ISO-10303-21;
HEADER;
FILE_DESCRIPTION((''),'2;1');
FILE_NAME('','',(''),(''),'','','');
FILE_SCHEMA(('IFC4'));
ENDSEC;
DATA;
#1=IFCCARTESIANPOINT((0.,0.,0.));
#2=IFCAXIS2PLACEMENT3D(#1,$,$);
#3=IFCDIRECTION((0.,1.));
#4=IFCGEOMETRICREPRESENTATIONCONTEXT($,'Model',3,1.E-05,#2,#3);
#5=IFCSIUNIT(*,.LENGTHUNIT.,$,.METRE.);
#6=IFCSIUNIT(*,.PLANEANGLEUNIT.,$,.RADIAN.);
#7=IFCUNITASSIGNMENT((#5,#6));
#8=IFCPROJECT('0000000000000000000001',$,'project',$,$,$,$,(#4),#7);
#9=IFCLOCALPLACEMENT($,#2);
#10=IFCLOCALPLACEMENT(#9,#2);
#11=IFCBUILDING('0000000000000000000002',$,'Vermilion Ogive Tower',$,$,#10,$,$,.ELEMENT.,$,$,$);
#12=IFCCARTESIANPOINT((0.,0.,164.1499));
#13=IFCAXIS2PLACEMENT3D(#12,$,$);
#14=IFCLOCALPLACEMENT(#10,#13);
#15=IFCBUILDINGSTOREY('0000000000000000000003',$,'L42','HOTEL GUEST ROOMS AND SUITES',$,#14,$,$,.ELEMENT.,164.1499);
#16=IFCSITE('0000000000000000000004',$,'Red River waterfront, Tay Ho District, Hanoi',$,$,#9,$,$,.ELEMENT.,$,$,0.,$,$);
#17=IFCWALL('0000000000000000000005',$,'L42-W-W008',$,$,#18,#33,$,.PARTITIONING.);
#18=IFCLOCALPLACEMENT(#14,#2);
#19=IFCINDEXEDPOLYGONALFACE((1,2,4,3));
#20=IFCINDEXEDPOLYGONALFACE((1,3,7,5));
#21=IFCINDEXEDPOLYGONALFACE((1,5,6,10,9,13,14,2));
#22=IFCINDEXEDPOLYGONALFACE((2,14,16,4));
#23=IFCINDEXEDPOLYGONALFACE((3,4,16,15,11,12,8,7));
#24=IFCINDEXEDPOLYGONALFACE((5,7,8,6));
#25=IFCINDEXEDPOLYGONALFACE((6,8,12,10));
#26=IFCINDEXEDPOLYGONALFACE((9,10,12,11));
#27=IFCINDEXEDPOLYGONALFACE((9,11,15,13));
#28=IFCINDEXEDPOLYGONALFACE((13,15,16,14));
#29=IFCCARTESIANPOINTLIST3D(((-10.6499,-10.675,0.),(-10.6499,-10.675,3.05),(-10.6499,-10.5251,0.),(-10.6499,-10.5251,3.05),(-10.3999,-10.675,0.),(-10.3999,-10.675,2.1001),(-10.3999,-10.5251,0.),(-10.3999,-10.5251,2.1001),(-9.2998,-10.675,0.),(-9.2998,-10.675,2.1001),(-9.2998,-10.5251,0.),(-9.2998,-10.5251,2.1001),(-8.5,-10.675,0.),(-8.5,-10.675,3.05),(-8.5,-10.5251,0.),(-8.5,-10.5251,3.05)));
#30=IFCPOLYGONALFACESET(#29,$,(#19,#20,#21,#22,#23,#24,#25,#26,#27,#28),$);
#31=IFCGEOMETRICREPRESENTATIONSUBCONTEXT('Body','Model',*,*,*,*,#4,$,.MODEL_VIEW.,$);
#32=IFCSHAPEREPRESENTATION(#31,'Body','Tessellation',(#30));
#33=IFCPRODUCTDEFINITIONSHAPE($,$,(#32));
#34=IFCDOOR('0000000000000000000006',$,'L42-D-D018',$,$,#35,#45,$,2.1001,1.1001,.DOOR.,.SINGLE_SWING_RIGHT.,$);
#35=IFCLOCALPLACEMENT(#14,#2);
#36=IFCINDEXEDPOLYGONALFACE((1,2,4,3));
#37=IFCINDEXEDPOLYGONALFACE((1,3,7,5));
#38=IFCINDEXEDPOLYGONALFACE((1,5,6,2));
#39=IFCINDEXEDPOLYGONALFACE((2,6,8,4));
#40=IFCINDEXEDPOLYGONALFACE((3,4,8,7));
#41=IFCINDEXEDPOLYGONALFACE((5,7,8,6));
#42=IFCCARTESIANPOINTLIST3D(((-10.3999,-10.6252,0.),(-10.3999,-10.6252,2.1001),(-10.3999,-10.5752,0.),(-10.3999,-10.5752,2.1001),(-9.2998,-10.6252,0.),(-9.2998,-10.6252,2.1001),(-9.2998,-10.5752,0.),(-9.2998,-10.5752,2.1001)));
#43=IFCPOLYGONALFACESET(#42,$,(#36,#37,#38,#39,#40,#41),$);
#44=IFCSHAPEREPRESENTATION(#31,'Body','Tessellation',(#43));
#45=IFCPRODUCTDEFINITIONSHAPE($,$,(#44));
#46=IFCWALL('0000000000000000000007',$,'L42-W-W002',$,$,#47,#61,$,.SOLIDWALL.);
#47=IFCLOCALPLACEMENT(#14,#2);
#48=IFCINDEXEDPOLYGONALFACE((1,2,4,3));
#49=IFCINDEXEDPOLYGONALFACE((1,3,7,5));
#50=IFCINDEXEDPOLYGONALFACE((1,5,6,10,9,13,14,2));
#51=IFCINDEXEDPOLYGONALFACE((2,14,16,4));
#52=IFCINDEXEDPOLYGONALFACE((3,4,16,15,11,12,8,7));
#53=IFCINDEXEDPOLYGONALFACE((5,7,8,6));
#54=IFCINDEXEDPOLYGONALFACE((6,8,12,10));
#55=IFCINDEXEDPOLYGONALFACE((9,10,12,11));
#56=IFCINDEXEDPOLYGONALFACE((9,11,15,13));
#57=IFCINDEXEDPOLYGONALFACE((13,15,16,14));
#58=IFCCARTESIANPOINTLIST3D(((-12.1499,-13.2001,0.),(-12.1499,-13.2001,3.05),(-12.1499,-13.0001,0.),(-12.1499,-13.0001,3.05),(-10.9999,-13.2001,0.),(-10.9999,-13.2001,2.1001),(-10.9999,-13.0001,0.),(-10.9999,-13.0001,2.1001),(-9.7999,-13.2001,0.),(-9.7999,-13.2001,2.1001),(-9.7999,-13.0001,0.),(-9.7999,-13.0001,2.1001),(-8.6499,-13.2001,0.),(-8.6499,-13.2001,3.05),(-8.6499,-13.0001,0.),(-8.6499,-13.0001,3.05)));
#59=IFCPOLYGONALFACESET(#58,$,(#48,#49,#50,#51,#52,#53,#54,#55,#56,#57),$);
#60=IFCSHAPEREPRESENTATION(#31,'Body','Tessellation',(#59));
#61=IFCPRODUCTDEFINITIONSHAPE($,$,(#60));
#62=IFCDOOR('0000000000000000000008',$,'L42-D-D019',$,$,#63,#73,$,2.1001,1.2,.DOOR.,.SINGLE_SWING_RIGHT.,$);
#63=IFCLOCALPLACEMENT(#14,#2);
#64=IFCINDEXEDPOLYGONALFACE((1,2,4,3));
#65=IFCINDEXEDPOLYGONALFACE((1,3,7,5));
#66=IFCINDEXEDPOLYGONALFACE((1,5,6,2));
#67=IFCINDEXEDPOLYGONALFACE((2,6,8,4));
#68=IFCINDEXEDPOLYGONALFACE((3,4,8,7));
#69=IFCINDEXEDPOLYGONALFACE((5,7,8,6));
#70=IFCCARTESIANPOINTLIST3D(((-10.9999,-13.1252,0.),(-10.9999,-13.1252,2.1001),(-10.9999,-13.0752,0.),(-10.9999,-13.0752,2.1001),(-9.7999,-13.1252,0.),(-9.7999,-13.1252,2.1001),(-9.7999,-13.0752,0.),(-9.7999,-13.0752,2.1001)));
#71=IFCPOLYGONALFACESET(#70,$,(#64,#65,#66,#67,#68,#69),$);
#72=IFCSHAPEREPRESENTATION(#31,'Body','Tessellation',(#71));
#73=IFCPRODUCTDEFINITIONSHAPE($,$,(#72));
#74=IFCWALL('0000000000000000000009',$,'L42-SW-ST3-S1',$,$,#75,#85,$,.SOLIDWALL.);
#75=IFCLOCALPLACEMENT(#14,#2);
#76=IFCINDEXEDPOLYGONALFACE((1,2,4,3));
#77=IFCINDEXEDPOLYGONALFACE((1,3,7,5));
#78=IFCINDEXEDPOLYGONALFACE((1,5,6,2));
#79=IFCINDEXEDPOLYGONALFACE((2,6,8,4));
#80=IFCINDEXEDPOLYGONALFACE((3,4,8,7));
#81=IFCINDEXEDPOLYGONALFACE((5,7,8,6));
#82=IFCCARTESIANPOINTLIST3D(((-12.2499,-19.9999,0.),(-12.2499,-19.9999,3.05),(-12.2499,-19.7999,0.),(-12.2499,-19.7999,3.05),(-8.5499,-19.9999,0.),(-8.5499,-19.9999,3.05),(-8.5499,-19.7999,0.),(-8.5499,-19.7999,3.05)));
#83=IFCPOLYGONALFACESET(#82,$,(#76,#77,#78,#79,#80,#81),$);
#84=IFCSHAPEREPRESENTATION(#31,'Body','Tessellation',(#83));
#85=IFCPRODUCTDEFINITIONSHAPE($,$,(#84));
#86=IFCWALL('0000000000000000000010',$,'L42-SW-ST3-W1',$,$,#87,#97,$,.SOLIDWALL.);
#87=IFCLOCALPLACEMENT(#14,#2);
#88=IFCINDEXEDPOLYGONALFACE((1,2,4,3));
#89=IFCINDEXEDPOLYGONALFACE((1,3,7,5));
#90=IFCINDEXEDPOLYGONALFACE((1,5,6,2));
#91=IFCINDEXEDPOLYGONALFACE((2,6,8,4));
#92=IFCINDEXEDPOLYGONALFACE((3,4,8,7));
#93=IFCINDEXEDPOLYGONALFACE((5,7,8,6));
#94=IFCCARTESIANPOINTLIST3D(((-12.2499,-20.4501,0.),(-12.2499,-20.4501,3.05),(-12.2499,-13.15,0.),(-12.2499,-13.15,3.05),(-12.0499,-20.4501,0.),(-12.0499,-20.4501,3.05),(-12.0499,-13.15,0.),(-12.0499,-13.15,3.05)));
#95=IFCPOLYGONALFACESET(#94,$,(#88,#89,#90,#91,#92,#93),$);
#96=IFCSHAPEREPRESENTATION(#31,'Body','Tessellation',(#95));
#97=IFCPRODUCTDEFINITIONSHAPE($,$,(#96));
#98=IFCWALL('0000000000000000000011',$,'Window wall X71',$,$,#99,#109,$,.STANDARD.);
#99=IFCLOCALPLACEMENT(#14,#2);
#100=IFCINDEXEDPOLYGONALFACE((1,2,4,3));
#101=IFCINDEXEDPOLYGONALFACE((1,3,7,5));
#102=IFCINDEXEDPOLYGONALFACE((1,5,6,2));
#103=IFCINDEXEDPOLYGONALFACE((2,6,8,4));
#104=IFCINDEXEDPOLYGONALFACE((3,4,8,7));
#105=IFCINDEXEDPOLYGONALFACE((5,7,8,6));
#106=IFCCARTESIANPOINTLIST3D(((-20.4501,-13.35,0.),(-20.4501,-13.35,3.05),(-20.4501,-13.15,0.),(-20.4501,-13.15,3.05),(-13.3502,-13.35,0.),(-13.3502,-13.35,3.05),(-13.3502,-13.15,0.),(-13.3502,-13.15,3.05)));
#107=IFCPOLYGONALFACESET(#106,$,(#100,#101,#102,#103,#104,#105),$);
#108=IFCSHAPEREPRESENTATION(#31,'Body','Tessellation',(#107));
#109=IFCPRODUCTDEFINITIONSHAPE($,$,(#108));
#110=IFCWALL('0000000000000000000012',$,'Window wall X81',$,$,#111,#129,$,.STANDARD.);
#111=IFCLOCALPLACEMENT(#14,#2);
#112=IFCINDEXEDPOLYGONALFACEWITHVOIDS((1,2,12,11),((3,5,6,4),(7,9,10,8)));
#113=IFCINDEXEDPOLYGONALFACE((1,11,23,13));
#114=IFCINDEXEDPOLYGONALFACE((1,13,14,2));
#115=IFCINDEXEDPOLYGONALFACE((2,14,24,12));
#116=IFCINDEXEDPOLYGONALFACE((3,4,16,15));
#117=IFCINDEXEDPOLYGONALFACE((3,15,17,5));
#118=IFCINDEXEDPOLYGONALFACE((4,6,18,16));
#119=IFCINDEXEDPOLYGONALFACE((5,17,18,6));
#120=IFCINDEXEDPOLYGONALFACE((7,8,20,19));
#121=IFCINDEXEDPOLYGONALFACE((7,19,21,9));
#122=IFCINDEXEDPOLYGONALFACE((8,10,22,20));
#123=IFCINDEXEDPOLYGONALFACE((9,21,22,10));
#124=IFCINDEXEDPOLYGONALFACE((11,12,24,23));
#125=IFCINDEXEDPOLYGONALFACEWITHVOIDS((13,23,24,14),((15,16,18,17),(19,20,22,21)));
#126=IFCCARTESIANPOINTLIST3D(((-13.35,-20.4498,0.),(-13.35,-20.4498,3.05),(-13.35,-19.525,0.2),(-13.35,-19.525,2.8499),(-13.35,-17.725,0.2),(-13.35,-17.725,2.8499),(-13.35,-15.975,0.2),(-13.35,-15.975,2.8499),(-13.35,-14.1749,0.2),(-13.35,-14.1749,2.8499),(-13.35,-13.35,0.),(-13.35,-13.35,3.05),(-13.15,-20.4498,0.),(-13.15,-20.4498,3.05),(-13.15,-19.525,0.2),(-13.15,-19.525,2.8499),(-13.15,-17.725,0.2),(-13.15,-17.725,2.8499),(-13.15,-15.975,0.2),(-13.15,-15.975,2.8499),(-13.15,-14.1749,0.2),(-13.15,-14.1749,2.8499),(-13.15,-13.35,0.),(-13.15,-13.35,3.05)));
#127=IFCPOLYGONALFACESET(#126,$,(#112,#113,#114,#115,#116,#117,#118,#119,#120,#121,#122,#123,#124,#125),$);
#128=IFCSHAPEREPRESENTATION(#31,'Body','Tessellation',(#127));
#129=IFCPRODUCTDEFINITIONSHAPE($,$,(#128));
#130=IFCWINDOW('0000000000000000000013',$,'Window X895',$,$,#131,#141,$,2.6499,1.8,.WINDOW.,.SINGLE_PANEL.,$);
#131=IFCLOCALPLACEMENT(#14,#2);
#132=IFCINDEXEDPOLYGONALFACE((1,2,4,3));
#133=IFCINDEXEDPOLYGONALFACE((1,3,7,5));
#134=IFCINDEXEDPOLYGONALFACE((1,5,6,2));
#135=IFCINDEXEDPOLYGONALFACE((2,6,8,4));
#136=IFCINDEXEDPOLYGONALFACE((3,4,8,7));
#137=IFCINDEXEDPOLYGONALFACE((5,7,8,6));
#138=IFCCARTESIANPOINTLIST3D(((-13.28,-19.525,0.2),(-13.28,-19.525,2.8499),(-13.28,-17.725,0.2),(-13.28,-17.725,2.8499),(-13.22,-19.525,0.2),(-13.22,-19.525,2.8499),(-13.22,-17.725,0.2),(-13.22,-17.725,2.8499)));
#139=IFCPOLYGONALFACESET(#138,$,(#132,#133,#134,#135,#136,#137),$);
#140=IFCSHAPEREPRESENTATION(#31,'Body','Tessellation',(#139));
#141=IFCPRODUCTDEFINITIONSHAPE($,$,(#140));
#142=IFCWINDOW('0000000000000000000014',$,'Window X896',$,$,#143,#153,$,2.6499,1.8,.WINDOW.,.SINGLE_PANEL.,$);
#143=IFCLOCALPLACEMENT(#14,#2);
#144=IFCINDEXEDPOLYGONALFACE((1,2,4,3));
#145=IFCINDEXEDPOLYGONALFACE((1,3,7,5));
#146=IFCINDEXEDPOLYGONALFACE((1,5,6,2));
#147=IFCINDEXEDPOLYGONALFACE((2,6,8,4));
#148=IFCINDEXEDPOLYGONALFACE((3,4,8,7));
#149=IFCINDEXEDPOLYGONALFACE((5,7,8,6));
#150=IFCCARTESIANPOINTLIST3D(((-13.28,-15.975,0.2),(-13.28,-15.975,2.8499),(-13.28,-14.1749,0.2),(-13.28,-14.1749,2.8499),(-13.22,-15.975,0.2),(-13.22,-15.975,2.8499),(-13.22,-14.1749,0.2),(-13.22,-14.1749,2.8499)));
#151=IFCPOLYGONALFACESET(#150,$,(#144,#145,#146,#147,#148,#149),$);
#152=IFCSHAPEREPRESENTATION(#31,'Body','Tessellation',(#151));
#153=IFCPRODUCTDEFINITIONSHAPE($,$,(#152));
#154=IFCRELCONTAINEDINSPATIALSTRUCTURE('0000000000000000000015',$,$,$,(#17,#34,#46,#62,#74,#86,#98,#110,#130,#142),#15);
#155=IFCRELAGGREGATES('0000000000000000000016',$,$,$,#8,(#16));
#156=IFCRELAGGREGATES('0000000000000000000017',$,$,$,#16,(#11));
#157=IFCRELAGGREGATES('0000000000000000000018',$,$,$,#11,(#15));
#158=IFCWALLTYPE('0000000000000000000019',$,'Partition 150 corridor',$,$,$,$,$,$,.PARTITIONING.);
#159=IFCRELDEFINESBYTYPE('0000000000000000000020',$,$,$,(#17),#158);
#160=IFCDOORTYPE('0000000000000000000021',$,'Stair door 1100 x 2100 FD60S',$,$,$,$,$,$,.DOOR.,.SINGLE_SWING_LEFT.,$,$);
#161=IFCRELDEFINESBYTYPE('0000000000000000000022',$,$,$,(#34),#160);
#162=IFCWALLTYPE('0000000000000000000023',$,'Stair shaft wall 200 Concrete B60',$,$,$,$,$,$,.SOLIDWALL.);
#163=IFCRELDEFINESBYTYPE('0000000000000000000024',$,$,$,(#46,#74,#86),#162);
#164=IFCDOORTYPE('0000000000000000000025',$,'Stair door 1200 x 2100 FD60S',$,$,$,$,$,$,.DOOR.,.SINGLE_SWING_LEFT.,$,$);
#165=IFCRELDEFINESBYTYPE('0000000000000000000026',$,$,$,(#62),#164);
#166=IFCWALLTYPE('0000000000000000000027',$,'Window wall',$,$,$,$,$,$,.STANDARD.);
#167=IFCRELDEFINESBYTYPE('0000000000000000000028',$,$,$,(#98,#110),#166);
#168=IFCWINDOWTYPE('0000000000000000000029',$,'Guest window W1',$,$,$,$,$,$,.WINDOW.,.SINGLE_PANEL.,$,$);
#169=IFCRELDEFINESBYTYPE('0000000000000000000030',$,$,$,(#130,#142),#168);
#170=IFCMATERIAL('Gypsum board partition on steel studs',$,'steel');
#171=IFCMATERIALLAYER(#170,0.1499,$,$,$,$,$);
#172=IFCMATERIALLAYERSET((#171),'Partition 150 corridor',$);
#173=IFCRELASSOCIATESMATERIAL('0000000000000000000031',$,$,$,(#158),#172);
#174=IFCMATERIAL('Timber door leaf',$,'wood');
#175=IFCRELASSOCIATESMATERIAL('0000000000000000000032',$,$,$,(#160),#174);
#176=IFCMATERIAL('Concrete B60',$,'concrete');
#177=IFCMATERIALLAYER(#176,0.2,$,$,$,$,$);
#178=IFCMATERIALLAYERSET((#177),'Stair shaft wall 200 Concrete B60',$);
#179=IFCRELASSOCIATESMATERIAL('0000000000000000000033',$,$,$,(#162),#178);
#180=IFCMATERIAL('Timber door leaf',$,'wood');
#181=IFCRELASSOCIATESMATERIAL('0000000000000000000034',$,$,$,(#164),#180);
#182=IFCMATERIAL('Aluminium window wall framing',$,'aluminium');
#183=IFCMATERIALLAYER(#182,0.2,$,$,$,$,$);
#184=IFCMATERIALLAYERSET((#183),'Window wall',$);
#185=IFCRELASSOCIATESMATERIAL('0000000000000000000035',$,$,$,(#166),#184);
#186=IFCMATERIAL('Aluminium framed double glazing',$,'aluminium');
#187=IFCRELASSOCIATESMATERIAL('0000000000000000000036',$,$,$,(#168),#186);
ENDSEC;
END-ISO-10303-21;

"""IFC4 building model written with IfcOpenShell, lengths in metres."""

from ifc_helpers import new_model, si_unit, direction, frame, frame_2d, origin, place, context, subcontext, project, spatial, rectangle, extrude, material, layer, layer_set, type_object, element, fill, save


model = new_model("IFC4")

# Units and contexts
model_context = context("Model", 3, precision=1e-05, world=origin(), true_north=direction((0.0, 1.0)))
body_context = subcontext(model_context, "Body", "Model", "MODEL_VIEW")
ifc_project = project(units=[si_unit("LENGTHUNIT", "METRE"), si_unit("PLANEANGLEUNIT", "RADIAN")], contexts=[model_context])

# Site, building, storey
site_placement = place(None, origin())
site = spatial("IfcSite", under=ifc_project, at=site_placement, Name="Red River waterfront, Tay Ho District, Hanoi", CompositionType="ELEMENT", RefElevation=0.0)
building_placement = place(site_placement, origin())
building = spatial("IfcBuilding", under=site, at=building_placement, Name="Vermilion Ogive Tower", CompositionType="ELEMENT")
storey_placement = place(building_placement, frame((0.0, 0.0, 164.1499)))
storey = spatial("IfcBuildingStorey", under=building, at=storey_placement, Name="L42", Description="HOTEL GUEST ROOMS AND SUITES", CompositionType="ELEMENT", Elevation=164.1499)

# Walls, openings, doors
ifc_material_1 = material(Name="Gypsum board partition on steel studs", Category="steel")
ifc_layer_1 = layer(ifc_material_1, 0.1499)
ifc_layer_set_1 = layer_set([ifc_layer_1], Name="Partition 150 corridor")
wall_type_1 = type_object("IfcWallType", Name="Partition 150 corridor", PredefinedType="PARTITIONING", material=ifc_layer_set_1)
wall_1_placement = place(storey_placement, frame((-10.6499, -10.6001, 0.0), z_axis=(0.0, 0.0, 1.0), x_axis=(1.0, 0.0, 0.0)))
wall_1 = element("IfcWall", 1, at=wall_1_placement, inside=storey, type_object=wall_type_1, Name="L42-W-W008", PredefinedType="PARTITIONING", context=body_context, shape_type="SweptSolid", body=[
    extrude(rectangle(XDim=2.1499, YDim=0.1499, at=frame_2d((1.075, 0.0))), origin(), (0.0, 0.0, 1.0), 3.05),
])
opening_1_placement = place(wall_1_placement, frame((0.25, 0.0, 0.0)))
opening_1 = element("IfcOpeningElement", 2, at=opening_1_placement, cuts=wall_1, PredefinedType="OPENING", context=body_context, shape_type="SweptSolid", body=[
    extrude(rectangle(XDim=1.1001, YDim=2.1001, at=frame_2d((0.55, 1.05))), frame((0.0, 0.085, 0.0), z_axis=(0.0, -1.0, 0.0), x_axis=(1.0, 0.0, 0.0)), (0.0, 0.0, 1.0), 0.1699),
])
ifc_material_2 = material(Name="Timber door leaf", Category="wood")
door_type_1 = type_object("IfcDoorType", Name="Stair door 1100 x 2100 FD60S", OperationType="SINGLE_SWING_LEFT", PredefinedType="DOOR", material=ifc_material_2)
door_1_placement = place(opening_1_placement, origin())
door_1 = element("IfcDoor", 3, at=door_1_placement, inside=storey, type_object=door_type_1, Name="L42-D-D018", OperationType="SINGLE_SWING_RIGHT", OverallHeight=2.1001, OverallWidth=1.1001, PredefinedType="DOOR", context=body_context, shape_type="SweptSolid", body=[
    extrude(rectangle(XDim=1.1001, YDim=2.1001, at=frame_2d((0.55, 1.05))), frame((0.0, 0.0249, 0.0), z_axis=(0.0, -1.0, 0.0), x_axis=(1.0, 0.0, 0.0)), (0.0, 0.0, 1.0), 0.05),
])
fill(opening_1, door_1)
ifc_material_3 = material(Name="Concrete B60", Category="concrete")
ifc_layer_2 = layer(ifc_material_3, 0.2)
ifc_layer_set_2 = layer_set([ifc_layer_2], Name="Stair shaft wall 200 Concrete B60")
wall_type_2 = type_object("IfcWallType", Name="Stair shaft wall 200 Concrete B60", PredefinedType="SOLIDWALL", material=ifc_layer_set_2)
wall_2_placement = place(storey_placement, frame((-12.1499, -13.1001, 0.0), z_axis=(0.0, 0.0, 1.0), x_axis=(1.0, 0.0, 0.0)))
wall_2 = element("IfcWall", 4, at=wall_2_placement, inside=storey, type_object=wall_type_2, Name="L42-W-W002", PredefinedType="SOLIDWALL", context=body_context, shape_type="SweptSolid", body=[
    extrude(rectangle(XDim=3.5, YDim=0.2, at=frame_2d((1.75, 0.0))), origin(), (0.0, 0.0, 1.0), 3.05),
])
opening_2_placement = place(wall_2_placement, frame((1.1499, 0.0, 0.0)))
opening_2 = element("IfcOpeningElement", 5, at=opening_2_placement, cuts=wall_2, PredefinedType="OPENING", context=body_context, shape_type="SweptSolid", body=[
    extrude(rectangle(XDim=1.2, YDim=2.1001, at=frame_2d((0.6001, 1.05))), frame((0.0, 0.1099, 0.0), z_axis=(0.0, -1.0, 0.0), x_axis=(1.0, 0.0, 0.0)), (0.0, 0.0, 1.0), 0.22),
])
ifc_material_4 = material(Name="Timber door leaf", Category="wood")
door_type_2 = type_object("IfcDoorType", Name="Stair door 1200 x 2100 FD60S", OperationType="SINGLE_SWING_LEFT", PredefinedType="DOOR", material=ifc_material_4)
door_2_placement = place(opening_2_placement, origin())
door_2 = element("IfcDoor", 6, at=door_2_placement, inside=storey, type_object=door_type_2, Name="L42-D-D019", OperationType="SINGLE_SWING_RIGHT", OverallHeight=2.1001, OverallWidth=1.2, PredefinedType="DOOR", context=body_context, shape_type="SweptSolid", body=[
    extrude(rectangle(XDim=1.2, YDim=2.1001, at=frame_2d((0.6001, 1.05))), frame((0.0, 0.0249, 0.0), z_axis=(0.0, -1.0, 0.0), x_axis=(1.0, 0.0, 0.0)), (0.0, 0.0, 1.0), 0.05),
])
fill(opening_2, door_2)

# Walls
wall_3_placement = place(storey_placement, frame((-12.25, -19.8999, 0.0), z_axis=(0.0, 0.0, 1.0), x_axis=(1.0, 0.0, 0.0)))
element("IfcWall", 7, at=wall_3_placement, inside=storey, type_object=wall_type_2, Name="L42-SW-ST3-S1", PredefinedType="SOLIDWALL", context=body_context, shape_type="SweptSolid", body=[
    extrude(rectangle(XDim=3.7, YDim=0.2, at=frame_2d((1.8501, 0.0))), origin(), (0.0, 0.0, 1.0), 3.05),
])
wall_4_placement = place(storey_placement, frame((-12.1499, -20.45, 0.0), z_axis=(0.0, 0.0, 1.0), x_axis=(0.0, 1.0, 0.0)))
element("IfcWall", 8, at=wall_4_placement, inside=storey, type_object=wall_type_2, Name="L42-SW-ST3-W1", PredefinedType="SOLIDWALL", context=body_context, shape_type="SweptSolid", body=[
    extrude(rectangle(XDim=7.3, YDim=0.2, at=frame_2d((3.6499, 0.0))), origin(), (0.0, 0.0, 1.0), 3.05),
])
ifc_material_5 = material(Name="Aluminium window wall framing", Category="aluminium")
ifc_layer_3 = layer(ifc_material_5, 0.2)
ifc_layer_set_3 = layer_set([ifc_layer_3], Name="Window wall")
wall_type_3 = type_object("IfcWallType", Name="Window wall", PredefinedType="STANDARD", material=ifc_layer_set_3)
wall_5_placement = place(storey_placement, frame((-20.45, -13.25, 0.0), z_axis=(0.0, 0.0, 1.0), x_axis=(1.0, 0.0, 0.0)))
element("IfcWall", 9, at=wall_5_placement, inside=storey, type_object=wall_type_3, Name="Window wall X71", PredefinedType="STANDARD", context=body_context, shape_type="SweptSolid", body=[
    extrude(rectangle(XDim=7.0999, YDim=0.2, at=frame_2d((3.5498, 0.0))), origin(), (0.0, 0.0, 1.0), 3.05),
])

# Wall, openings, windows
wall_6_placement = place(storey_placement, frame((-13.25, -13.3501, 0.0), z_axis=(0.0, 0.0, 1.0), x_axis=(0.0, -1.0, 0.0)))
wall_6 = element("IfcWall", 10, at=wall_6_placement, inside=storey, type_object=wall_type_3, Name="Window wall X81", PredefinedType="STANDARD", context=body_context, shape_type="SweptSolid", body=[
    extrude(rectangle(XDim=7.0999, YDim=0.2, at=frame_2d((3.5498, 0.0))), origin(), (0.0, 0.0, 1.0), 3.05),
])
opening_3_placement = place(wall_6_placement, frame((4.375, 0.0, 0.2)))
opening_3 = element("IfcOpeningElement", 11, at=opening_3_placement, cuts=wall_6, PredefinedType="OPENING", context=body_context, shape_type="SweptSolid", body=[
    extrude(rectangle(XDim=1.8, YDim=2.6499, at=frame_2d((0.8999, 1.325))), frame((0.0, 0.1099, 0.0), z_axis=(0.0, -1.0, 0.0), x_axis=(1.0, 0.0, 0.0)), (0.0, 0.0, 1.0), 0.22),
])
opening_4_placement = place(wall_6_placement, frame((0.825, 0.0, 0.2)))
opening_4 = element("IfcOpeningElement", 12, at=opening_4_placement, cuts=wall_6, PredefinedType="OPENING", context=body_context, shape_type="SweptSolid", body=[
    extrude(rectangle(XDim=1.8, YDim=2.6499, at=frame_2d((0.8999, 1.325))), frame((0.0, 0.1099, 0.0), z_axis=(0.0, -1.0, 0.0), x_axis=(1.0, 0.0, 0.0)), (0.0, 0.0, 1.0), 0.22),
])
ifc_material_6 = material(Name="Aluminium framed double glazing", Category="aluminium")
window_type = type_object("IfcWindowType", Name="Guest window W1", PartitioningType="SINGLE_PANEL", PredefinedType="WINDOW", material=ifc_material_6)
window_1_placement = place(opening_3_placement, origin())
window_1 = element("IfcWindow", 13, at=window_1_placement, inside=storey, type_object=window_type, Name="Window X895", OverallHeight=2.6499, OverallWidth=1.8, PartitioningType="SINGLE_PANEL", PredefinedType="WINDOW", context=body_context, shape_type="SweptSolid", body=[
    extrude(rectangle(XDim=1.8, YDim=2.6499, at=frame_2d((0.8999, 1.325))), frame((0.0, 0.03, 0.0), z_axis=(0.0, -1.0, 0.0), x_axis=(1.0, 0.0, 0.0)), (0.0, 0.0, 1.0), 0.0601),
])
fill(opening_3, window_1)
window_2_placement = place(opening_4_placement, origin())
window_2 = element("IfcWindow", 14, at=window_2_placement, inside=storey, type_object=window_type, Name="Window X896", OverallHeight=2.6499, OverallWidth=1.8, PartitioningType="SINGLE_PANEL", PredefinedType="WINDOW", context=body_context, shape_type="SweptSolid", body=[
    extrude(rectangle(XDim=1.8, YDim=2.6499, at=frame_2d((0.8999, 1.325))), frame((0.0, 0.03, 0.0), z_axis=(0.0, -1.0, 0.0), x_axis=(1.0, 0.0, 0.0)), (0.0, 0.0, 1.0), 0.0601),
])
fill(opening_4, window_2)

save(model, "model.ifc")
